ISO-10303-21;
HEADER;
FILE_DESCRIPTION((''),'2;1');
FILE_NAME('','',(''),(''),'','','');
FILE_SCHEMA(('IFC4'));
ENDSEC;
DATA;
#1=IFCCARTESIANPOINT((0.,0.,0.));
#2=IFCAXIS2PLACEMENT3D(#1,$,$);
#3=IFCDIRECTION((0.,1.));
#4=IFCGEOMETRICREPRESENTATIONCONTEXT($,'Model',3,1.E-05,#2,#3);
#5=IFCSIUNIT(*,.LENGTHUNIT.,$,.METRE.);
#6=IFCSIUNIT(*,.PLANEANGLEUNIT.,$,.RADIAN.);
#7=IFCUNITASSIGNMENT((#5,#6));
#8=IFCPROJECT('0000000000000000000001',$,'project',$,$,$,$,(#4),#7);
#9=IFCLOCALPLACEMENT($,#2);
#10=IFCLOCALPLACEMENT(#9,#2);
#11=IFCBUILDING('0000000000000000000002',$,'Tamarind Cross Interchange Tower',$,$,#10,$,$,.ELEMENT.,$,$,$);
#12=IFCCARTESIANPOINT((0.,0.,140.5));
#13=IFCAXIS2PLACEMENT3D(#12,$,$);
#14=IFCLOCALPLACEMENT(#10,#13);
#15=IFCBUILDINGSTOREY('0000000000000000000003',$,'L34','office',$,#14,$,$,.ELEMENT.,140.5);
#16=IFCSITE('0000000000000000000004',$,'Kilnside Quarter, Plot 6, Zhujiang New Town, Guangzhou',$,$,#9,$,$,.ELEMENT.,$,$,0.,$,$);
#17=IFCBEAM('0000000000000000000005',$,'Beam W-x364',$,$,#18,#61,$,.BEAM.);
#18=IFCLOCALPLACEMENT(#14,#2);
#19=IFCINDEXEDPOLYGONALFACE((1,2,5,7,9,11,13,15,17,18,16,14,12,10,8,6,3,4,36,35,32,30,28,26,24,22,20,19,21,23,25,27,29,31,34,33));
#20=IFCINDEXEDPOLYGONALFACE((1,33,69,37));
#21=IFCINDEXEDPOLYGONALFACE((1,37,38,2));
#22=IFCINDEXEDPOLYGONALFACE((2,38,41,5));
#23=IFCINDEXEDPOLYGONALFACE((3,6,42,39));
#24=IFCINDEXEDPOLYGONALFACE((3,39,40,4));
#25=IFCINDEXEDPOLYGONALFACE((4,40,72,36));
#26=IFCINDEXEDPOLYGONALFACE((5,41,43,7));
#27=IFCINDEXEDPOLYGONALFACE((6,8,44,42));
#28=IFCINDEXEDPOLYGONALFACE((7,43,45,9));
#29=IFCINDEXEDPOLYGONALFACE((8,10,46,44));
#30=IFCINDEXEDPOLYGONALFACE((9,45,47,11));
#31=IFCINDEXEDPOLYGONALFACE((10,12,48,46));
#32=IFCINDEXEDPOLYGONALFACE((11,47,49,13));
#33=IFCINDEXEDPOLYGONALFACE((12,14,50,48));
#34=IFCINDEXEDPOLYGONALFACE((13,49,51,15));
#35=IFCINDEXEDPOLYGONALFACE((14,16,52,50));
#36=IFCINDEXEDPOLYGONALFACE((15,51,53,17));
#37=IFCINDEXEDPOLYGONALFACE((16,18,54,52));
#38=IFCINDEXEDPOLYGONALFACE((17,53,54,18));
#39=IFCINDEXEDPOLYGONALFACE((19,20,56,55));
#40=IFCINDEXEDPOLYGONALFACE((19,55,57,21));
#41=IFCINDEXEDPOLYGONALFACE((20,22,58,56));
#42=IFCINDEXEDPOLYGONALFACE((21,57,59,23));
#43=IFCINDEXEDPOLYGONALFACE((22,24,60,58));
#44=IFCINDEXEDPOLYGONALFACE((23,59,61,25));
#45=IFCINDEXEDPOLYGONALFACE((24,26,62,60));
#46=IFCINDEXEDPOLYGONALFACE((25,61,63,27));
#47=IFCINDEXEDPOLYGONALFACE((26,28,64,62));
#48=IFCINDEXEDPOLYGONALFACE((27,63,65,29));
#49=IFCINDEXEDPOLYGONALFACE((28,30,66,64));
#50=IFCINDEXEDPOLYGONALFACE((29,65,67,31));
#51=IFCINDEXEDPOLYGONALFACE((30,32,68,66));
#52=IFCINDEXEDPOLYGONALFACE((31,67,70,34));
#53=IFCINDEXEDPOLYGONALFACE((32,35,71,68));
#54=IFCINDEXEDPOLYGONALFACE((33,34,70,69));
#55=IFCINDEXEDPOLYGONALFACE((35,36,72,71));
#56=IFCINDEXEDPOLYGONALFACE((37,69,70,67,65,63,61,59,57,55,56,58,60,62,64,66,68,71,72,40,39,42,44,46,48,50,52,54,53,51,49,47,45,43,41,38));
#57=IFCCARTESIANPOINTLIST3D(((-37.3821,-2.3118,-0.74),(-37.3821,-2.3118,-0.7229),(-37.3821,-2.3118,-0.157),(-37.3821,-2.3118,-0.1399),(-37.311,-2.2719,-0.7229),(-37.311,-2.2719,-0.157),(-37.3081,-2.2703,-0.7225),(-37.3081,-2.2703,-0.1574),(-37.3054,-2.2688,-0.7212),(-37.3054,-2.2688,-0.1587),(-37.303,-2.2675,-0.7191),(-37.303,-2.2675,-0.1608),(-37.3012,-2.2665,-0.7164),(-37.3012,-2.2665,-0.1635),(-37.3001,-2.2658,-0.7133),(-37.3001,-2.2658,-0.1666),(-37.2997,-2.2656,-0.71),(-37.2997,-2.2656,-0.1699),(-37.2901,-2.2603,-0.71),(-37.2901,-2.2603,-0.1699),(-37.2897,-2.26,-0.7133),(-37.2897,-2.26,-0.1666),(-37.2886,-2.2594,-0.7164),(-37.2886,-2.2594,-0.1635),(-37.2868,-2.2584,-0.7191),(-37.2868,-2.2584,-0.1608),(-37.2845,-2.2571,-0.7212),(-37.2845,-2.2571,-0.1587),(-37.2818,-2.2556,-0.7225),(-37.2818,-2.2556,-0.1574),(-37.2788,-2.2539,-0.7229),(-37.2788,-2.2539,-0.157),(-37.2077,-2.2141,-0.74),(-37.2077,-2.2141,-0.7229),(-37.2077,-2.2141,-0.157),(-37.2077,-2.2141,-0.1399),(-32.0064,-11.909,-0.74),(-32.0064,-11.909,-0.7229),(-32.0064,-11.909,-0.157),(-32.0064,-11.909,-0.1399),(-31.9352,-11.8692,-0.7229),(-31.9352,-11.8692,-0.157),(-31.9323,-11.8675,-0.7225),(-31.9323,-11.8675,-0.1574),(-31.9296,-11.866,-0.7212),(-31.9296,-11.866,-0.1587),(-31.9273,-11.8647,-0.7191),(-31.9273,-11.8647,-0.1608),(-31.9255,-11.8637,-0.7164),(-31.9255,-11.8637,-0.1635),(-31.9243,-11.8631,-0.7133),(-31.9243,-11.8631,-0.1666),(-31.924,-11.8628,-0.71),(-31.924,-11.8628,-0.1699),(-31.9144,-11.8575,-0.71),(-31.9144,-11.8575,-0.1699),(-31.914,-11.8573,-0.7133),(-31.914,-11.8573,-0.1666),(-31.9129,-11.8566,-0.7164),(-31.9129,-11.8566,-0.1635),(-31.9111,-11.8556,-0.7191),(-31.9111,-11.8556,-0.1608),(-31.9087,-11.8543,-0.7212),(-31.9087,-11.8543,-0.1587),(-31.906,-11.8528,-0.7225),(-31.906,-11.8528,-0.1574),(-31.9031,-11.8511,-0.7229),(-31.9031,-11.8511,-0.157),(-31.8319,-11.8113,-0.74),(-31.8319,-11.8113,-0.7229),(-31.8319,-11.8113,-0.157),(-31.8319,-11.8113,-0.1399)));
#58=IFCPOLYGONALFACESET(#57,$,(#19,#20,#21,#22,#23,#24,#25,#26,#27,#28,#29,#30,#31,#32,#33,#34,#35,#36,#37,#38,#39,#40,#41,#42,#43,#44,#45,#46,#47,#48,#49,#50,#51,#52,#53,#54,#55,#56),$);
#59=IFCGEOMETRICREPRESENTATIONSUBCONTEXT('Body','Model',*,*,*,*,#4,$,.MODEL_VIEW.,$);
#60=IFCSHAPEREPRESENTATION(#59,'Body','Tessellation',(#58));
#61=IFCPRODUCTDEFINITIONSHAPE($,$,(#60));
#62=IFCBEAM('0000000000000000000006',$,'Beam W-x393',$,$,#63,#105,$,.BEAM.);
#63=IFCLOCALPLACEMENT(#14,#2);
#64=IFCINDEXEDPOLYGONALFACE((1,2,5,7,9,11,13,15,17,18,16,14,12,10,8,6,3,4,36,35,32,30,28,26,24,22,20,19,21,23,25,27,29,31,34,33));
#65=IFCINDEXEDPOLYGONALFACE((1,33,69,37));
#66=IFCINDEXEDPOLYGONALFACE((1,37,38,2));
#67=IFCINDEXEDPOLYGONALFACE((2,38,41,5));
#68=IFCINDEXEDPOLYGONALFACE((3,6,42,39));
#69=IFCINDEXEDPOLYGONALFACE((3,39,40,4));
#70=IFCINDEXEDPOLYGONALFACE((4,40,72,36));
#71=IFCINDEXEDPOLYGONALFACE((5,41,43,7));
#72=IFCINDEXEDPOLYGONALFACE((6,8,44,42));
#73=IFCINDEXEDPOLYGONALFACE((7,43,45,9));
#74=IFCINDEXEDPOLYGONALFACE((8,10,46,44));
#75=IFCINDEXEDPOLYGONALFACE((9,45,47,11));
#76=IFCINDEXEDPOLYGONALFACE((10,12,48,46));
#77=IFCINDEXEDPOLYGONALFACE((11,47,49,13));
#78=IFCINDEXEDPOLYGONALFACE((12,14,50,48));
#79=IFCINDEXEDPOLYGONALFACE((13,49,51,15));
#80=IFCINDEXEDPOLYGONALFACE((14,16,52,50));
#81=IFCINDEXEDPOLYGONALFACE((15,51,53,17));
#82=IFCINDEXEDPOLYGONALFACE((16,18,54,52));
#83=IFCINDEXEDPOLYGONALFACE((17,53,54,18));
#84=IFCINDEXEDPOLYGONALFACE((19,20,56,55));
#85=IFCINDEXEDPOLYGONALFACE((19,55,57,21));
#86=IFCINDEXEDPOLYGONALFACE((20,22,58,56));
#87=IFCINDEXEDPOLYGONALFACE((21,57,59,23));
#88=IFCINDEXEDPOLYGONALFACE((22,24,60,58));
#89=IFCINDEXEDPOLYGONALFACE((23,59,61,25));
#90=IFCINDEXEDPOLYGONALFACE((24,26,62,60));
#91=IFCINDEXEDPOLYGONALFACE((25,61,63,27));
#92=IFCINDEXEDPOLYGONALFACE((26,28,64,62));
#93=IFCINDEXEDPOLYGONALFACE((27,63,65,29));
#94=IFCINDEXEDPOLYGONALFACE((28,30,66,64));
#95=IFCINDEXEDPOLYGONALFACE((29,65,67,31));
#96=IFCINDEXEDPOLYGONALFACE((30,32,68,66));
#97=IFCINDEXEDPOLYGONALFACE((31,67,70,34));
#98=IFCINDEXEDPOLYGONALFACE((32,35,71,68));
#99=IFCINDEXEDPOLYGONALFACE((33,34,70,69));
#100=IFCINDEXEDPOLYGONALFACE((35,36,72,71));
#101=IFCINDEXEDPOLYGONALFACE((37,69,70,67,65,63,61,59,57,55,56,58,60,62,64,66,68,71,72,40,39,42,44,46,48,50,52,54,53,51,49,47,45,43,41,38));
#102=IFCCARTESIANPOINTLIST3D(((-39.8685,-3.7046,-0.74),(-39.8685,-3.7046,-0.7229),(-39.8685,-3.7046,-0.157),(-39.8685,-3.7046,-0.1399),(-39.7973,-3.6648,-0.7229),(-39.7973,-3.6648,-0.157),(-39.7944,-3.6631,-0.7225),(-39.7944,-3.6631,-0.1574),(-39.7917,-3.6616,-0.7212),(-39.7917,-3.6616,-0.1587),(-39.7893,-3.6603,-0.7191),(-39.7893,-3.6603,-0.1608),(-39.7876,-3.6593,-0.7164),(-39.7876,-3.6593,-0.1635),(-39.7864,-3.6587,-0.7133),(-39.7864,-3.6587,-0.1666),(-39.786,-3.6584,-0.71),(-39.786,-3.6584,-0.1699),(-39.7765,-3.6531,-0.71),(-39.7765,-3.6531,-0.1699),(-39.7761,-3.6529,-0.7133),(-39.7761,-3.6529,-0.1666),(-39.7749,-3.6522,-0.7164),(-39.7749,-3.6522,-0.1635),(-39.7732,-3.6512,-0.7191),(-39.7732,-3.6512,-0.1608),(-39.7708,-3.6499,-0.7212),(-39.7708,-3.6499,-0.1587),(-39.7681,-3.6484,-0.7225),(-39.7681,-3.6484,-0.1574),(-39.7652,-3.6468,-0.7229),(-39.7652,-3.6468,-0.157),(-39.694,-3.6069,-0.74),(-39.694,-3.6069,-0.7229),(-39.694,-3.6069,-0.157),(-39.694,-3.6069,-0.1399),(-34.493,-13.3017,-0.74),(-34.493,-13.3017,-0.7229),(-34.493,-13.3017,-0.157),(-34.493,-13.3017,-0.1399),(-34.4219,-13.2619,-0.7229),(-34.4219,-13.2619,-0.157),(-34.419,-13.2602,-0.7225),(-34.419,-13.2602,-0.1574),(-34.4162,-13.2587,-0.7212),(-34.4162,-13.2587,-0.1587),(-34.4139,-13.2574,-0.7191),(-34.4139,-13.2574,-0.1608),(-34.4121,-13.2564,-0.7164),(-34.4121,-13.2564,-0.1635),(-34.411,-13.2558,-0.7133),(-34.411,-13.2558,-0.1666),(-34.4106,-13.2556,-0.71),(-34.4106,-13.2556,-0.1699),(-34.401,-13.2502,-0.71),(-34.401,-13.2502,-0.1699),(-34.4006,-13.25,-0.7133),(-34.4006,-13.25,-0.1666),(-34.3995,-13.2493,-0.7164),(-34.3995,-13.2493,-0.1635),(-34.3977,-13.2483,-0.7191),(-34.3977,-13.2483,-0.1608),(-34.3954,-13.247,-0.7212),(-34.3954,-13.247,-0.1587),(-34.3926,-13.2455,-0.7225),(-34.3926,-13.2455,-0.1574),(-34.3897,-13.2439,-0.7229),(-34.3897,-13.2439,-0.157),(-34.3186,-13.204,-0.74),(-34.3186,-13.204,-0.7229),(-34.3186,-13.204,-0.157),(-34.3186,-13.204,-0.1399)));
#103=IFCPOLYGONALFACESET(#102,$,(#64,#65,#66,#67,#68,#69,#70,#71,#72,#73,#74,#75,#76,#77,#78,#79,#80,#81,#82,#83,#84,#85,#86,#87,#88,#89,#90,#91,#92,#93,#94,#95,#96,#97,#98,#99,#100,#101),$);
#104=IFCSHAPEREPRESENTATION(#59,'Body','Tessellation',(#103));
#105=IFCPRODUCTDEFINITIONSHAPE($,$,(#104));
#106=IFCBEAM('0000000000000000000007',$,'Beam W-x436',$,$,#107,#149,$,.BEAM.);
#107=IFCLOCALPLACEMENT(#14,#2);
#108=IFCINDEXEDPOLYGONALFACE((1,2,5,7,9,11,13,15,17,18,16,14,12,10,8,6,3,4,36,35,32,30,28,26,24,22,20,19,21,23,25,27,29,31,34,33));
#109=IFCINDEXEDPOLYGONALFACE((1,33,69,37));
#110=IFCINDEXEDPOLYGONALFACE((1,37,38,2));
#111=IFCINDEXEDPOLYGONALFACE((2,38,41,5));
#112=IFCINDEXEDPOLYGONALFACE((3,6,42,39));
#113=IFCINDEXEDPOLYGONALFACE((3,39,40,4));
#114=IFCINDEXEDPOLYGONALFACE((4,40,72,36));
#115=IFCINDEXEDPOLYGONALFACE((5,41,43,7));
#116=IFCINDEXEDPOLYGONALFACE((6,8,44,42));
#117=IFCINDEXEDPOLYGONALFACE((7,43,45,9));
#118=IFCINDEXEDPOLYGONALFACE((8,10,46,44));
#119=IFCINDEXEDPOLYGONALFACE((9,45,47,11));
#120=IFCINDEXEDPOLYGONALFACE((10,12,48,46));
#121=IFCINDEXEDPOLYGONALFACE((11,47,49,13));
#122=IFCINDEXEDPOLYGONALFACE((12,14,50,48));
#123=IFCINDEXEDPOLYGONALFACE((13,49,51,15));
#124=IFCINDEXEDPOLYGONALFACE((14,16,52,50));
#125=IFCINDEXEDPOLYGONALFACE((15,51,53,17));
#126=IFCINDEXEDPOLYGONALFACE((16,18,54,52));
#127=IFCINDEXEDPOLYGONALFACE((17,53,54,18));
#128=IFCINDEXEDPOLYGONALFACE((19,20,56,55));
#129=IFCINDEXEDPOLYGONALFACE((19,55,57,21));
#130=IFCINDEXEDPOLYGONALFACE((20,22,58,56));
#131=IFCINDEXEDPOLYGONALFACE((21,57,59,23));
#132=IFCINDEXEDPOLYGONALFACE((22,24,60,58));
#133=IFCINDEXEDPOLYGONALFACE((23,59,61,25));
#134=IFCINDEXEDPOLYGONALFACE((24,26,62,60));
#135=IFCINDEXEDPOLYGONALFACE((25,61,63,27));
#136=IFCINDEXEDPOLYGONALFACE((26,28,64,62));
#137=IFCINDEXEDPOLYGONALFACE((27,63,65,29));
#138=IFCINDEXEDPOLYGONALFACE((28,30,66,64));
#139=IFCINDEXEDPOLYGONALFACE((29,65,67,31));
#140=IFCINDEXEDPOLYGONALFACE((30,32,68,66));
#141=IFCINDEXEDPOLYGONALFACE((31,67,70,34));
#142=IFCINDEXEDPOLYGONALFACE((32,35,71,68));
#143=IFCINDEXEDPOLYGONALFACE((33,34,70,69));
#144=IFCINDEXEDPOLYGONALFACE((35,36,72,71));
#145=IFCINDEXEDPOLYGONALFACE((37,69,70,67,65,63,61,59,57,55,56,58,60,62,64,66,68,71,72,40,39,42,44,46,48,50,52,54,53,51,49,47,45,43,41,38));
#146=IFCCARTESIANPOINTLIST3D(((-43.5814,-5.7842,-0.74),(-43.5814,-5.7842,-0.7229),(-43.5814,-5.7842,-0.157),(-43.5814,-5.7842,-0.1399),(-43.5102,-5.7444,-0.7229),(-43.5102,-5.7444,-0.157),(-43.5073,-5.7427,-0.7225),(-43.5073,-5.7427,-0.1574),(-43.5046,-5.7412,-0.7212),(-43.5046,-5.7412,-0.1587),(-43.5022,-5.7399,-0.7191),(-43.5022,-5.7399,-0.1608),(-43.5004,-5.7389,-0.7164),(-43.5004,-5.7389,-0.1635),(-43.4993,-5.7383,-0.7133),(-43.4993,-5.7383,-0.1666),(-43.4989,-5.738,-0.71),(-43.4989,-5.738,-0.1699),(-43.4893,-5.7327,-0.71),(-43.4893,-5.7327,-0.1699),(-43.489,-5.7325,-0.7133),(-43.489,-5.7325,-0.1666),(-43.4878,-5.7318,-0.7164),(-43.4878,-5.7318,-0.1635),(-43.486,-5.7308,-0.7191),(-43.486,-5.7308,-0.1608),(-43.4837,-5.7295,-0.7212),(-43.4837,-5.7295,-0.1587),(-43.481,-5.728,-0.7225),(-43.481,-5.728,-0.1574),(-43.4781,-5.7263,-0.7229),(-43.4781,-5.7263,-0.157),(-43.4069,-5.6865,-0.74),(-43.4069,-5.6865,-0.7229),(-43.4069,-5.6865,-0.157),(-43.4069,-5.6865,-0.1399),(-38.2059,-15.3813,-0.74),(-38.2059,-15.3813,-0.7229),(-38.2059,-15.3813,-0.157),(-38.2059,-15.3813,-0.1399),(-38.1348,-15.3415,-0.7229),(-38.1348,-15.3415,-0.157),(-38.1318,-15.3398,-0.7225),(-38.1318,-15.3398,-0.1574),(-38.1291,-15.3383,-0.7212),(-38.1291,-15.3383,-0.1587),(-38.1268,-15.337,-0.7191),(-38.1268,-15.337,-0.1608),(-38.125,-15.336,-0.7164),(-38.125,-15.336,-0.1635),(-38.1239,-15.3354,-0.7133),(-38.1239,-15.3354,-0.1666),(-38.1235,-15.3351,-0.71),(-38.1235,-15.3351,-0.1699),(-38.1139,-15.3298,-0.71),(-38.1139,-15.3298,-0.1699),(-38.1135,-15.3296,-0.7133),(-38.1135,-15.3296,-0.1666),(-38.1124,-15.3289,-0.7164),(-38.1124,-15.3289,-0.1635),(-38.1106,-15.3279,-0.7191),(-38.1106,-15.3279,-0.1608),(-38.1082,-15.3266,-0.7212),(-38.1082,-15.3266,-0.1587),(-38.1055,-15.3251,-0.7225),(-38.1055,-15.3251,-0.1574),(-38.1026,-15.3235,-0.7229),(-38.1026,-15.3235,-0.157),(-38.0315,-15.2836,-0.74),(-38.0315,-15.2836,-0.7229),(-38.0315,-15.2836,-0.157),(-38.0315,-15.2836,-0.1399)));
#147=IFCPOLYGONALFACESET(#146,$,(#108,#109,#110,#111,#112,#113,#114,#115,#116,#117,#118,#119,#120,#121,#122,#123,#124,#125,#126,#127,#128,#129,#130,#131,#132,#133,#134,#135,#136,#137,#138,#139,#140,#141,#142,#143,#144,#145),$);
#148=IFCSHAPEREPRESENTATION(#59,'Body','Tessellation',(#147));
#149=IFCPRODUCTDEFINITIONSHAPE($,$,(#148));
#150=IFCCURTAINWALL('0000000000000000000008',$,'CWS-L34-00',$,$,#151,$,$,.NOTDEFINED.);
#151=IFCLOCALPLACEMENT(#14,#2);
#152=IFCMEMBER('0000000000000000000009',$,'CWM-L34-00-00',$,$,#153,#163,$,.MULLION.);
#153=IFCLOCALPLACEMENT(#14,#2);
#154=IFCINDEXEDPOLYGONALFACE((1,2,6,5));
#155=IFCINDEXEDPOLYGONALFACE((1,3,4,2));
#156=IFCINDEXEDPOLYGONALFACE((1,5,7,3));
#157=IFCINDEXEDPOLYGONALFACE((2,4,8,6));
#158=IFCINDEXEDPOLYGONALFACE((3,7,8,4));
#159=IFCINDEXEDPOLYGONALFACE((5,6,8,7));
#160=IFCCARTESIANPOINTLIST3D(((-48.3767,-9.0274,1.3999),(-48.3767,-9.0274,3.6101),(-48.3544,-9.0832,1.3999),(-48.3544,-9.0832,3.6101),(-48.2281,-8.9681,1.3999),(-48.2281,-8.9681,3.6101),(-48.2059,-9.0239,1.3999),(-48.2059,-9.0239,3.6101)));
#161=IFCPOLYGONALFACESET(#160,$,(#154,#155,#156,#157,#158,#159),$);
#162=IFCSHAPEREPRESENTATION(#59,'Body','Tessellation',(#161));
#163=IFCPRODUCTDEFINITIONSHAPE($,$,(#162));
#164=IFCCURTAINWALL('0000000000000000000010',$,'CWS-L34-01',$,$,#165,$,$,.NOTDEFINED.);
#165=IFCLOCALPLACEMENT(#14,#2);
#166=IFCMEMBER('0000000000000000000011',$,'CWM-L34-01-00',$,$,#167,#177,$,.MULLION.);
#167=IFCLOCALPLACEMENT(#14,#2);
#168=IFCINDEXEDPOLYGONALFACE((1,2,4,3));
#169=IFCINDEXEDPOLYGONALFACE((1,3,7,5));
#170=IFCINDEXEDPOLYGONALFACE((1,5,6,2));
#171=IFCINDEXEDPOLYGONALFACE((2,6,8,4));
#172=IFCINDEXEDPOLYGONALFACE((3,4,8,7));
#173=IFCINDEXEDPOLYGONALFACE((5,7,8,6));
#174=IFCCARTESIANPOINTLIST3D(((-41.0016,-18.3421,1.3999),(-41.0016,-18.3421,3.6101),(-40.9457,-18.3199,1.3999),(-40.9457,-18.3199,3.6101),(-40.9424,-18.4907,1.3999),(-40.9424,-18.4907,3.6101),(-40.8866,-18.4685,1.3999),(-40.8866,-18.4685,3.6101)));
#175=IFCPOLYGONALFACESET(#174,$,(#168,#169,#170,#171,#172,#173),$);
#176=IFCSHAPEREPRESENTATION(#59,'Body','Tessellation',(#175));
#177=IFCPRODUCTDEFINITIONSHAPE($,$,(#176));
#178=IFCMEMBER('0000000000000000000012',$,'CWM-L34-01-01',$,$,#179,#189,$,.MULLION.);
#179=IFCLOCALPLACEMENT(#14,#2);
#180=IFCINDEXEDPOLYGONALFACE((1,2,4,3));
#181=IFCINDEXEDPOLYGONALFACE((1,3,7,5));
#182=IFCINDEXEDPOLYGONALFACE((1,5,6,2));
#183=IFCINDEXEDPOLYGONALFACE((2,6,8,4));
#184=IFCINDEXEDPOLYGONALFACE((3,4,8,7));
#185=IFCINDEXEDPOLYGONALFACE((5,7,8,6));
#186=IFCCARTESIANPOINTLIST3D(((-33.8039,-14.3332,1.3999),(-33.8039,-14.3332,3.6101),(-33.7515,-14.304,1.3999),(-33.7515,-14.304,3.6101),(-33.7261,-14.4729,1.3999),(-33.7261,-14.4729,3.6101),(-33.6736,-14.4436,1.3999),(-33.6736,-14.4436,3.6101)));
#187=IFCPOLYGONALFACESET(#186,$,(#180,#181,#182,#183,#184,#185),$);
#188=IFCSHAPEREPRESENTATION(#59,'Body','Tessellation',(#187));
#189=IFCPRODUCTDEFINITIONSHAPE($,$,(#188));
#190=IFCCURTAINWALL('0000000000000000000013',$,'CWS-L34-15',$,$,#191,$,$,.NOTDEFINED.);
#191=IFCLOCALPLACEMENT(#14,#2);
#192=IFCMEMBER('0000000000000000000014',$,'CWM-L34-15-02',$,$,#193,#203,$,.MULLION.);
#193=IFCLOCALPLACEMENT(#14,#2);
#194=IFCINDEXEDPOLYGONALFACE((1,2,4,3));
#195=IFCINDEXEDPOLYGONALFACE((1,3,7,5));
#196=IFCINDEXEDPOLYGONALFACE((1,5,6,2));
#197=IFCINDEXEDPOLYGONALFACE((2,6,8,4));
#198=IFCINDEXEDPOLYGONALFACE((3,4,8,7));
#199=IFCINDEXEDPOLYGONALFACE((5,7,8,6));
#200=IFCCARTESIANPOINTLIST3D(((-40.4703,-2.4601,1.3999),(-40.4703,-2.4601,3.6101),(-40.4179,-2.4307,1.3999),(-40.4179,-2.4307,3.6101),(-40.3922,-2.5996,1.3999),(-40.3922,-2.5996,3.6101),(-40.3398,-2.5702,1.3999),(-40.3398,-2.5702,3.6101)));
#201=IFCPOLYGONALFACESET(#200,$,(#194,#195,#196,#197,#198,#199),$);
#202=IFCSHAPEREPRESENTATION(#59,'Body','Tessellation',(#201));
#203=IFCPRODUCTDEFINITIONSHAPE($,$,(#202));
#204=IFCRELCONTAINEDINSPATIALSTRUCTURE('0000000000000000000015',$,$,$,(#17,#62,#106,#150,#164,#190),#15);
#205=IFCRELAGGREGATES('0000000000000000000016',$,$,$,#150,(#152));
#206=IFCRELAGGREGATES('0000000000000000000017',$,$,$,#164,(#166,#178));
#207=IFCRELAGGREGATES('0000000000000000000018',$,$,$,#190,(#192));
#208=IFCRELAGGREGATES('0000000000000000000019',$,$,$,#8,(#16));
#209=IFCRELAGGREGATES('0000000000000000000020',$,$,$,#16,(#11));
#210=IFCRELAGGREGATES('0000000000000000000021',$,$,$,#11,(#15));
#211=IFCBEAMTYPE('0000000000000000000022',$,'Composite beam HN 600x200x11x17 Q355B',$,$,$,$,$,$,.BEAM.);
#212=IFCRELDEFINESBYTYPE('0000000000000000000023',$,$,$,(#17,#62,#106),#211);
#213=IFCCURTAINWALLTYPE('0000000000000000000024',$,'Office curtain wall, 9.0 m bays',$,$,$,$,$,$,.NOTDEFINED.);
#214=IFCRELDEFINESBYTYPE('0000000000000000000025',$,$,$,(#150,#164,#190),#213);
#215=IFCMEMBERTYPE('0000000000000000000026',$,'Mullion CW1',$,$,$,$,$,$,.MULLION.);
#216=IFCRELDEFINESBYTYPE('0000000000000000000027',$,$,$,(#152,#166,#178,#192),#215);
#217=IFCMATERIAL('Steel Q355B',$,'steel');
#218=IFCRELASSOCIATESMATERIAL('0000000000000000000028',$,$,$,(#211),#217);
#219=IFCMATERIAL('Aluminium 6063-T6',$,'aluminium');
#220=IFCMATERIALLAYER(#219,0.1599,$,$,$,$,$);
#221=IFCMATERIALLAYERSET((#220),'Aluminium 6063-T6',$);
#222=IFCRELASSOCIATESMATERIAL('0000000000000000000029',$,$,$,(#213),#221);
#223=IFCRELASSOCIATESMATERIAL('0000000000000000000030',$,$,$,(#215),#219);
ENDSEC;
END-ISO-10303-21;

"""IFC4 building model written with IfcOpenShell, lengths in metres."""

from ifc_helpers import new_model, si_unit, direction, frame, origin, origin_2d, place, context, subcontext, project, spatial, rectangle, i_section, extrude, material, layer, layer_set, material_profile, profile_set, type_object, element, aggregate, save


model = new_model("IFC4")

# Units and contexts
model_context = context("Model", 3, precision=1e-05, world=origin(), true_north=direction((0.0, 1.0)))
body_context = subcontext(model_context, "Body", "Model", "MODEL_VIEW")
ifc_project = project(units=[si_unit("LENGTHUNIT", "METRE"), si_unit("PLANEANGLEUNIT", "RADIAN")], contexts=[model_context])

# Site, building, storey
site_placement = place(None, origin())
site = spatial("IfcSite", under=ifc_project, at=site_placement, Name="Kilnside Quarter, Plot 6, Zhujiang New Town, Guangzhou", CompositionType="ELEMENT", RefElevation=0.0)
building_placement = place(site_placement, origin())
building = spatial("IfcBuilding", under=site, at=building_placement, Name="Tamarind Cross Interchange Tower", CompositionType="ELEMENT")
storey_placement = place(building_placement, frame((0.0, 0.0, 140.5)))
storey = spatial("IfcBuildingStorey", under=building, at=storey_placement, Name="L34", Description="office", CompositionType="ELEMENT", Elevation=140.5)

# Beams
ifc_material_1 = material(Name="Steel Q355B", Category="steel")
ifc_material_profile_1 = material_profile(ifc_material_1, i_section(OverallWidth=0.2, OverallDepth=0.6001, WebThickness=0.011, FlangeThickness=0.0171, FilletRadius=0.0129, at=origin_2d()), Name="HN 600x200x11x17")
ifc_profile_set_1 = profile_set([ifc_material_profile_1], Name="Steel Q355B")
beam_type_1 = type_object("IfcBeamType", Name="Composite beam HN 600x200x11x17 Q355B", PredefinedType="BEAM", material=ifc_profile_set_1)
beam_1_placement = place(storey_placement, frame((-37.2949, -2.2629, -0.4399), z_axis=(0.488695, -0.872455, 0.0), x_axis=(0.872455, 0.488695, 0.0)))
element("IfcBeam", 1, at=beam_1_placement, inside=storey, type_object=beam_type_1, Name="Beam W-x364", PredefinedType="BEAM", context=body_context, shape_type="SweptSolid", body=[
    extrude(i_section(OverallWidth=0.2, OverallDepth=0.6001, WebThickness=0.011, FlangeThickness=0.0171, FilletRadius=0.0129, at=origin_2d()), origin(), (0.0, 0.0, 1.0), 11.0002),
])
for number, where, z_axis, x_axis, name in (
    (2, (-39.7812, -3.6558, -0.4399), (0.488678, -0.872464, 0.0), (0.872464, 0.488678, 0.0), "Beam W-x393"),
    (3, (-43.4941, -5.7354, -0.4399), (0.488678, -0.872464, 0.0), (0.872464, 0.488678, 0.0), "Beam W-x436"),
):
    element("IfcBeam", number, at=place(storey_placement, frame(where, z_axis=z_axis, x_axis=x_axis)), inside=storey, type_object=beam_type_1, Name=name, PredefinedType="BEAM", context=body_context, shape_type="SweptSolid", body=[
        extrude(i_section(OverallWidth=0.2, OverallDepth=0.6001, WebThickness=0.011, FlangeThickness=0.0171, FilletRadius=0.0129, at=origin_2d()), origin(), (0.0, 0.0, 1.0), 11.0),
    ])

# Curtain wall, member
ifc_material_2 = material(Name="Aluminium 6063-T6", Category="aluminium")
ifc_layer_1 = layer(ifc_material_2, 0.1599)
ifc_layer_set_1 = layer_set([ifc_layer_1], Name="Aluminium 6063-T6")
curtain_wall_type = type_object("IfcCurtainWallType", Name="Office curtain wall, 9.0 m bays", PredefinedType="NOTDEFINED", material=ifc_layer_set_1)
curtain_wall_1_placement = place(storey_placement, origin())
curtain_wall_1 = element("IfcCurtainWall", 4, at=curtain_wall_1_placement, inside=storey, type_object=curtain_wall_type, Name="CWS-L34-00", PredefinedType="NOTDEFINED")
ifc_material_profile_2 = material_profile(ifc_material_2, rectangle(XDim=0.0601, YDim=0.1599, at=origin_2d()), Name="Mullion CW1")
ifc_profile_set_2 = profile_set([ifc_material_profile_2], Name="Aluminium 6063-T6")
member_type = type_object("IfcMemberType", Name="Mullion CW1", PredefinedType="MULLION", material=ifc_profile_set_2)
member_1_placement = place(storey_placement, frame((-48.2913, -9.0256, 1.3999), z_axis=(0.0, 0.0, 1.0), x_axis=(0.370629, -0.928781, 0.0)))
member_1 = element("IfcMember", 5, at=member_1_placement, type_object=member_type, Name="CWM-L34-00-00", PredefinedType="MULLION", context=body_context, shape_type="SweptSolid", body=[
    extrude(rectangle(XDim=0.0601, YDim=0.1599, at=origin_2d()), origin(), (0.0, 0.0, 1.0), 2.2102),
])
aggregate(curtain_wall_1, [member_1])

# Curtain wall, members
curtain_wall_2_placement = place(storey_placement, origin())
curtain_wall_2 = element("IfcCurtainWall", 6, at=curtain_wall_2_placement, inside=storey, type_object=curtain_wall_type, Name="CWS-L34-01", PredefinedType="NOTDEFINED")
member_2_placement = place(storey_placement, frame((-40.9441, -18.4053, 1.3999), z_axis=(0.0, 0.0, 1.0), x_axis=(0.929157, 0.369685, 0.0)))
member_2 = element("IfcMember", 7, at=member_2_placement, type_object=member_type, Name="CWM-L34-01-00", PredefinedType="MULLION", context=body_context, shape_type="SweptSolid", body=[
    extrude(rectangle(XDim=0.0601, YDim=0.1599, at=origin_2d()), origin(), (0.0, 0.0, 1.0), 2.2102),
])
member_3_placement = place(storey_placement, frame((-33.7388, -14.3884, 1.3999), z_axis=(0.0, 0.0, 1.0), x_axis=(0.87345, 0.486915, 0.0)))
member_3 = element("IfcMember", 8, at=member_3_placement, type_object=member_type, Name="CWM-L34-01-01", PredefinedType="MULLION", context=body_context, shape_type="SweptSolid", body=[
    extrude(rectangle(XDim=0.0601, YDim=0.1599, at=origin_2d()), origin(), (0.0, 0.0, 1.0), 2.2102),
])
aggregate(curtain_wall_2, [member_2, member_3])

# Curtain wall, member
curtain_wall_3_placement = place(storey_placement, origin())
curtain_wall_3 = element("IfcCurtainWall", 9, at=curtain_wall_3_placement, inside=storey, type_object=curtain_wall_type, Name="CWS-L34-15", PredefinedType="NOTDEFINED")
member_4_placement = place(storey_placement, frame((-40.405, -2.5151, 1.3999), z_axis=(0.0, 0.0, 1.0), x_axis=(-0.872458, -0.488688, 0.0)))
member_4 = element("IfcMember", 10, at=member_4_placement, type_object=member_type, Name="CWM-L34-15-02", PredefinedType="MULLION", context=body_context, shape_type="SweptSolid", body=[
    extrude(rectangle(XDim=0.0601, YDim=0.1599, at=origin_2d()), origin(), (0.0, 0.0, 1.0), 2.2102),
])
aggregate(curtain_wall_3, [member_4])

save(model, "model.ifc")
